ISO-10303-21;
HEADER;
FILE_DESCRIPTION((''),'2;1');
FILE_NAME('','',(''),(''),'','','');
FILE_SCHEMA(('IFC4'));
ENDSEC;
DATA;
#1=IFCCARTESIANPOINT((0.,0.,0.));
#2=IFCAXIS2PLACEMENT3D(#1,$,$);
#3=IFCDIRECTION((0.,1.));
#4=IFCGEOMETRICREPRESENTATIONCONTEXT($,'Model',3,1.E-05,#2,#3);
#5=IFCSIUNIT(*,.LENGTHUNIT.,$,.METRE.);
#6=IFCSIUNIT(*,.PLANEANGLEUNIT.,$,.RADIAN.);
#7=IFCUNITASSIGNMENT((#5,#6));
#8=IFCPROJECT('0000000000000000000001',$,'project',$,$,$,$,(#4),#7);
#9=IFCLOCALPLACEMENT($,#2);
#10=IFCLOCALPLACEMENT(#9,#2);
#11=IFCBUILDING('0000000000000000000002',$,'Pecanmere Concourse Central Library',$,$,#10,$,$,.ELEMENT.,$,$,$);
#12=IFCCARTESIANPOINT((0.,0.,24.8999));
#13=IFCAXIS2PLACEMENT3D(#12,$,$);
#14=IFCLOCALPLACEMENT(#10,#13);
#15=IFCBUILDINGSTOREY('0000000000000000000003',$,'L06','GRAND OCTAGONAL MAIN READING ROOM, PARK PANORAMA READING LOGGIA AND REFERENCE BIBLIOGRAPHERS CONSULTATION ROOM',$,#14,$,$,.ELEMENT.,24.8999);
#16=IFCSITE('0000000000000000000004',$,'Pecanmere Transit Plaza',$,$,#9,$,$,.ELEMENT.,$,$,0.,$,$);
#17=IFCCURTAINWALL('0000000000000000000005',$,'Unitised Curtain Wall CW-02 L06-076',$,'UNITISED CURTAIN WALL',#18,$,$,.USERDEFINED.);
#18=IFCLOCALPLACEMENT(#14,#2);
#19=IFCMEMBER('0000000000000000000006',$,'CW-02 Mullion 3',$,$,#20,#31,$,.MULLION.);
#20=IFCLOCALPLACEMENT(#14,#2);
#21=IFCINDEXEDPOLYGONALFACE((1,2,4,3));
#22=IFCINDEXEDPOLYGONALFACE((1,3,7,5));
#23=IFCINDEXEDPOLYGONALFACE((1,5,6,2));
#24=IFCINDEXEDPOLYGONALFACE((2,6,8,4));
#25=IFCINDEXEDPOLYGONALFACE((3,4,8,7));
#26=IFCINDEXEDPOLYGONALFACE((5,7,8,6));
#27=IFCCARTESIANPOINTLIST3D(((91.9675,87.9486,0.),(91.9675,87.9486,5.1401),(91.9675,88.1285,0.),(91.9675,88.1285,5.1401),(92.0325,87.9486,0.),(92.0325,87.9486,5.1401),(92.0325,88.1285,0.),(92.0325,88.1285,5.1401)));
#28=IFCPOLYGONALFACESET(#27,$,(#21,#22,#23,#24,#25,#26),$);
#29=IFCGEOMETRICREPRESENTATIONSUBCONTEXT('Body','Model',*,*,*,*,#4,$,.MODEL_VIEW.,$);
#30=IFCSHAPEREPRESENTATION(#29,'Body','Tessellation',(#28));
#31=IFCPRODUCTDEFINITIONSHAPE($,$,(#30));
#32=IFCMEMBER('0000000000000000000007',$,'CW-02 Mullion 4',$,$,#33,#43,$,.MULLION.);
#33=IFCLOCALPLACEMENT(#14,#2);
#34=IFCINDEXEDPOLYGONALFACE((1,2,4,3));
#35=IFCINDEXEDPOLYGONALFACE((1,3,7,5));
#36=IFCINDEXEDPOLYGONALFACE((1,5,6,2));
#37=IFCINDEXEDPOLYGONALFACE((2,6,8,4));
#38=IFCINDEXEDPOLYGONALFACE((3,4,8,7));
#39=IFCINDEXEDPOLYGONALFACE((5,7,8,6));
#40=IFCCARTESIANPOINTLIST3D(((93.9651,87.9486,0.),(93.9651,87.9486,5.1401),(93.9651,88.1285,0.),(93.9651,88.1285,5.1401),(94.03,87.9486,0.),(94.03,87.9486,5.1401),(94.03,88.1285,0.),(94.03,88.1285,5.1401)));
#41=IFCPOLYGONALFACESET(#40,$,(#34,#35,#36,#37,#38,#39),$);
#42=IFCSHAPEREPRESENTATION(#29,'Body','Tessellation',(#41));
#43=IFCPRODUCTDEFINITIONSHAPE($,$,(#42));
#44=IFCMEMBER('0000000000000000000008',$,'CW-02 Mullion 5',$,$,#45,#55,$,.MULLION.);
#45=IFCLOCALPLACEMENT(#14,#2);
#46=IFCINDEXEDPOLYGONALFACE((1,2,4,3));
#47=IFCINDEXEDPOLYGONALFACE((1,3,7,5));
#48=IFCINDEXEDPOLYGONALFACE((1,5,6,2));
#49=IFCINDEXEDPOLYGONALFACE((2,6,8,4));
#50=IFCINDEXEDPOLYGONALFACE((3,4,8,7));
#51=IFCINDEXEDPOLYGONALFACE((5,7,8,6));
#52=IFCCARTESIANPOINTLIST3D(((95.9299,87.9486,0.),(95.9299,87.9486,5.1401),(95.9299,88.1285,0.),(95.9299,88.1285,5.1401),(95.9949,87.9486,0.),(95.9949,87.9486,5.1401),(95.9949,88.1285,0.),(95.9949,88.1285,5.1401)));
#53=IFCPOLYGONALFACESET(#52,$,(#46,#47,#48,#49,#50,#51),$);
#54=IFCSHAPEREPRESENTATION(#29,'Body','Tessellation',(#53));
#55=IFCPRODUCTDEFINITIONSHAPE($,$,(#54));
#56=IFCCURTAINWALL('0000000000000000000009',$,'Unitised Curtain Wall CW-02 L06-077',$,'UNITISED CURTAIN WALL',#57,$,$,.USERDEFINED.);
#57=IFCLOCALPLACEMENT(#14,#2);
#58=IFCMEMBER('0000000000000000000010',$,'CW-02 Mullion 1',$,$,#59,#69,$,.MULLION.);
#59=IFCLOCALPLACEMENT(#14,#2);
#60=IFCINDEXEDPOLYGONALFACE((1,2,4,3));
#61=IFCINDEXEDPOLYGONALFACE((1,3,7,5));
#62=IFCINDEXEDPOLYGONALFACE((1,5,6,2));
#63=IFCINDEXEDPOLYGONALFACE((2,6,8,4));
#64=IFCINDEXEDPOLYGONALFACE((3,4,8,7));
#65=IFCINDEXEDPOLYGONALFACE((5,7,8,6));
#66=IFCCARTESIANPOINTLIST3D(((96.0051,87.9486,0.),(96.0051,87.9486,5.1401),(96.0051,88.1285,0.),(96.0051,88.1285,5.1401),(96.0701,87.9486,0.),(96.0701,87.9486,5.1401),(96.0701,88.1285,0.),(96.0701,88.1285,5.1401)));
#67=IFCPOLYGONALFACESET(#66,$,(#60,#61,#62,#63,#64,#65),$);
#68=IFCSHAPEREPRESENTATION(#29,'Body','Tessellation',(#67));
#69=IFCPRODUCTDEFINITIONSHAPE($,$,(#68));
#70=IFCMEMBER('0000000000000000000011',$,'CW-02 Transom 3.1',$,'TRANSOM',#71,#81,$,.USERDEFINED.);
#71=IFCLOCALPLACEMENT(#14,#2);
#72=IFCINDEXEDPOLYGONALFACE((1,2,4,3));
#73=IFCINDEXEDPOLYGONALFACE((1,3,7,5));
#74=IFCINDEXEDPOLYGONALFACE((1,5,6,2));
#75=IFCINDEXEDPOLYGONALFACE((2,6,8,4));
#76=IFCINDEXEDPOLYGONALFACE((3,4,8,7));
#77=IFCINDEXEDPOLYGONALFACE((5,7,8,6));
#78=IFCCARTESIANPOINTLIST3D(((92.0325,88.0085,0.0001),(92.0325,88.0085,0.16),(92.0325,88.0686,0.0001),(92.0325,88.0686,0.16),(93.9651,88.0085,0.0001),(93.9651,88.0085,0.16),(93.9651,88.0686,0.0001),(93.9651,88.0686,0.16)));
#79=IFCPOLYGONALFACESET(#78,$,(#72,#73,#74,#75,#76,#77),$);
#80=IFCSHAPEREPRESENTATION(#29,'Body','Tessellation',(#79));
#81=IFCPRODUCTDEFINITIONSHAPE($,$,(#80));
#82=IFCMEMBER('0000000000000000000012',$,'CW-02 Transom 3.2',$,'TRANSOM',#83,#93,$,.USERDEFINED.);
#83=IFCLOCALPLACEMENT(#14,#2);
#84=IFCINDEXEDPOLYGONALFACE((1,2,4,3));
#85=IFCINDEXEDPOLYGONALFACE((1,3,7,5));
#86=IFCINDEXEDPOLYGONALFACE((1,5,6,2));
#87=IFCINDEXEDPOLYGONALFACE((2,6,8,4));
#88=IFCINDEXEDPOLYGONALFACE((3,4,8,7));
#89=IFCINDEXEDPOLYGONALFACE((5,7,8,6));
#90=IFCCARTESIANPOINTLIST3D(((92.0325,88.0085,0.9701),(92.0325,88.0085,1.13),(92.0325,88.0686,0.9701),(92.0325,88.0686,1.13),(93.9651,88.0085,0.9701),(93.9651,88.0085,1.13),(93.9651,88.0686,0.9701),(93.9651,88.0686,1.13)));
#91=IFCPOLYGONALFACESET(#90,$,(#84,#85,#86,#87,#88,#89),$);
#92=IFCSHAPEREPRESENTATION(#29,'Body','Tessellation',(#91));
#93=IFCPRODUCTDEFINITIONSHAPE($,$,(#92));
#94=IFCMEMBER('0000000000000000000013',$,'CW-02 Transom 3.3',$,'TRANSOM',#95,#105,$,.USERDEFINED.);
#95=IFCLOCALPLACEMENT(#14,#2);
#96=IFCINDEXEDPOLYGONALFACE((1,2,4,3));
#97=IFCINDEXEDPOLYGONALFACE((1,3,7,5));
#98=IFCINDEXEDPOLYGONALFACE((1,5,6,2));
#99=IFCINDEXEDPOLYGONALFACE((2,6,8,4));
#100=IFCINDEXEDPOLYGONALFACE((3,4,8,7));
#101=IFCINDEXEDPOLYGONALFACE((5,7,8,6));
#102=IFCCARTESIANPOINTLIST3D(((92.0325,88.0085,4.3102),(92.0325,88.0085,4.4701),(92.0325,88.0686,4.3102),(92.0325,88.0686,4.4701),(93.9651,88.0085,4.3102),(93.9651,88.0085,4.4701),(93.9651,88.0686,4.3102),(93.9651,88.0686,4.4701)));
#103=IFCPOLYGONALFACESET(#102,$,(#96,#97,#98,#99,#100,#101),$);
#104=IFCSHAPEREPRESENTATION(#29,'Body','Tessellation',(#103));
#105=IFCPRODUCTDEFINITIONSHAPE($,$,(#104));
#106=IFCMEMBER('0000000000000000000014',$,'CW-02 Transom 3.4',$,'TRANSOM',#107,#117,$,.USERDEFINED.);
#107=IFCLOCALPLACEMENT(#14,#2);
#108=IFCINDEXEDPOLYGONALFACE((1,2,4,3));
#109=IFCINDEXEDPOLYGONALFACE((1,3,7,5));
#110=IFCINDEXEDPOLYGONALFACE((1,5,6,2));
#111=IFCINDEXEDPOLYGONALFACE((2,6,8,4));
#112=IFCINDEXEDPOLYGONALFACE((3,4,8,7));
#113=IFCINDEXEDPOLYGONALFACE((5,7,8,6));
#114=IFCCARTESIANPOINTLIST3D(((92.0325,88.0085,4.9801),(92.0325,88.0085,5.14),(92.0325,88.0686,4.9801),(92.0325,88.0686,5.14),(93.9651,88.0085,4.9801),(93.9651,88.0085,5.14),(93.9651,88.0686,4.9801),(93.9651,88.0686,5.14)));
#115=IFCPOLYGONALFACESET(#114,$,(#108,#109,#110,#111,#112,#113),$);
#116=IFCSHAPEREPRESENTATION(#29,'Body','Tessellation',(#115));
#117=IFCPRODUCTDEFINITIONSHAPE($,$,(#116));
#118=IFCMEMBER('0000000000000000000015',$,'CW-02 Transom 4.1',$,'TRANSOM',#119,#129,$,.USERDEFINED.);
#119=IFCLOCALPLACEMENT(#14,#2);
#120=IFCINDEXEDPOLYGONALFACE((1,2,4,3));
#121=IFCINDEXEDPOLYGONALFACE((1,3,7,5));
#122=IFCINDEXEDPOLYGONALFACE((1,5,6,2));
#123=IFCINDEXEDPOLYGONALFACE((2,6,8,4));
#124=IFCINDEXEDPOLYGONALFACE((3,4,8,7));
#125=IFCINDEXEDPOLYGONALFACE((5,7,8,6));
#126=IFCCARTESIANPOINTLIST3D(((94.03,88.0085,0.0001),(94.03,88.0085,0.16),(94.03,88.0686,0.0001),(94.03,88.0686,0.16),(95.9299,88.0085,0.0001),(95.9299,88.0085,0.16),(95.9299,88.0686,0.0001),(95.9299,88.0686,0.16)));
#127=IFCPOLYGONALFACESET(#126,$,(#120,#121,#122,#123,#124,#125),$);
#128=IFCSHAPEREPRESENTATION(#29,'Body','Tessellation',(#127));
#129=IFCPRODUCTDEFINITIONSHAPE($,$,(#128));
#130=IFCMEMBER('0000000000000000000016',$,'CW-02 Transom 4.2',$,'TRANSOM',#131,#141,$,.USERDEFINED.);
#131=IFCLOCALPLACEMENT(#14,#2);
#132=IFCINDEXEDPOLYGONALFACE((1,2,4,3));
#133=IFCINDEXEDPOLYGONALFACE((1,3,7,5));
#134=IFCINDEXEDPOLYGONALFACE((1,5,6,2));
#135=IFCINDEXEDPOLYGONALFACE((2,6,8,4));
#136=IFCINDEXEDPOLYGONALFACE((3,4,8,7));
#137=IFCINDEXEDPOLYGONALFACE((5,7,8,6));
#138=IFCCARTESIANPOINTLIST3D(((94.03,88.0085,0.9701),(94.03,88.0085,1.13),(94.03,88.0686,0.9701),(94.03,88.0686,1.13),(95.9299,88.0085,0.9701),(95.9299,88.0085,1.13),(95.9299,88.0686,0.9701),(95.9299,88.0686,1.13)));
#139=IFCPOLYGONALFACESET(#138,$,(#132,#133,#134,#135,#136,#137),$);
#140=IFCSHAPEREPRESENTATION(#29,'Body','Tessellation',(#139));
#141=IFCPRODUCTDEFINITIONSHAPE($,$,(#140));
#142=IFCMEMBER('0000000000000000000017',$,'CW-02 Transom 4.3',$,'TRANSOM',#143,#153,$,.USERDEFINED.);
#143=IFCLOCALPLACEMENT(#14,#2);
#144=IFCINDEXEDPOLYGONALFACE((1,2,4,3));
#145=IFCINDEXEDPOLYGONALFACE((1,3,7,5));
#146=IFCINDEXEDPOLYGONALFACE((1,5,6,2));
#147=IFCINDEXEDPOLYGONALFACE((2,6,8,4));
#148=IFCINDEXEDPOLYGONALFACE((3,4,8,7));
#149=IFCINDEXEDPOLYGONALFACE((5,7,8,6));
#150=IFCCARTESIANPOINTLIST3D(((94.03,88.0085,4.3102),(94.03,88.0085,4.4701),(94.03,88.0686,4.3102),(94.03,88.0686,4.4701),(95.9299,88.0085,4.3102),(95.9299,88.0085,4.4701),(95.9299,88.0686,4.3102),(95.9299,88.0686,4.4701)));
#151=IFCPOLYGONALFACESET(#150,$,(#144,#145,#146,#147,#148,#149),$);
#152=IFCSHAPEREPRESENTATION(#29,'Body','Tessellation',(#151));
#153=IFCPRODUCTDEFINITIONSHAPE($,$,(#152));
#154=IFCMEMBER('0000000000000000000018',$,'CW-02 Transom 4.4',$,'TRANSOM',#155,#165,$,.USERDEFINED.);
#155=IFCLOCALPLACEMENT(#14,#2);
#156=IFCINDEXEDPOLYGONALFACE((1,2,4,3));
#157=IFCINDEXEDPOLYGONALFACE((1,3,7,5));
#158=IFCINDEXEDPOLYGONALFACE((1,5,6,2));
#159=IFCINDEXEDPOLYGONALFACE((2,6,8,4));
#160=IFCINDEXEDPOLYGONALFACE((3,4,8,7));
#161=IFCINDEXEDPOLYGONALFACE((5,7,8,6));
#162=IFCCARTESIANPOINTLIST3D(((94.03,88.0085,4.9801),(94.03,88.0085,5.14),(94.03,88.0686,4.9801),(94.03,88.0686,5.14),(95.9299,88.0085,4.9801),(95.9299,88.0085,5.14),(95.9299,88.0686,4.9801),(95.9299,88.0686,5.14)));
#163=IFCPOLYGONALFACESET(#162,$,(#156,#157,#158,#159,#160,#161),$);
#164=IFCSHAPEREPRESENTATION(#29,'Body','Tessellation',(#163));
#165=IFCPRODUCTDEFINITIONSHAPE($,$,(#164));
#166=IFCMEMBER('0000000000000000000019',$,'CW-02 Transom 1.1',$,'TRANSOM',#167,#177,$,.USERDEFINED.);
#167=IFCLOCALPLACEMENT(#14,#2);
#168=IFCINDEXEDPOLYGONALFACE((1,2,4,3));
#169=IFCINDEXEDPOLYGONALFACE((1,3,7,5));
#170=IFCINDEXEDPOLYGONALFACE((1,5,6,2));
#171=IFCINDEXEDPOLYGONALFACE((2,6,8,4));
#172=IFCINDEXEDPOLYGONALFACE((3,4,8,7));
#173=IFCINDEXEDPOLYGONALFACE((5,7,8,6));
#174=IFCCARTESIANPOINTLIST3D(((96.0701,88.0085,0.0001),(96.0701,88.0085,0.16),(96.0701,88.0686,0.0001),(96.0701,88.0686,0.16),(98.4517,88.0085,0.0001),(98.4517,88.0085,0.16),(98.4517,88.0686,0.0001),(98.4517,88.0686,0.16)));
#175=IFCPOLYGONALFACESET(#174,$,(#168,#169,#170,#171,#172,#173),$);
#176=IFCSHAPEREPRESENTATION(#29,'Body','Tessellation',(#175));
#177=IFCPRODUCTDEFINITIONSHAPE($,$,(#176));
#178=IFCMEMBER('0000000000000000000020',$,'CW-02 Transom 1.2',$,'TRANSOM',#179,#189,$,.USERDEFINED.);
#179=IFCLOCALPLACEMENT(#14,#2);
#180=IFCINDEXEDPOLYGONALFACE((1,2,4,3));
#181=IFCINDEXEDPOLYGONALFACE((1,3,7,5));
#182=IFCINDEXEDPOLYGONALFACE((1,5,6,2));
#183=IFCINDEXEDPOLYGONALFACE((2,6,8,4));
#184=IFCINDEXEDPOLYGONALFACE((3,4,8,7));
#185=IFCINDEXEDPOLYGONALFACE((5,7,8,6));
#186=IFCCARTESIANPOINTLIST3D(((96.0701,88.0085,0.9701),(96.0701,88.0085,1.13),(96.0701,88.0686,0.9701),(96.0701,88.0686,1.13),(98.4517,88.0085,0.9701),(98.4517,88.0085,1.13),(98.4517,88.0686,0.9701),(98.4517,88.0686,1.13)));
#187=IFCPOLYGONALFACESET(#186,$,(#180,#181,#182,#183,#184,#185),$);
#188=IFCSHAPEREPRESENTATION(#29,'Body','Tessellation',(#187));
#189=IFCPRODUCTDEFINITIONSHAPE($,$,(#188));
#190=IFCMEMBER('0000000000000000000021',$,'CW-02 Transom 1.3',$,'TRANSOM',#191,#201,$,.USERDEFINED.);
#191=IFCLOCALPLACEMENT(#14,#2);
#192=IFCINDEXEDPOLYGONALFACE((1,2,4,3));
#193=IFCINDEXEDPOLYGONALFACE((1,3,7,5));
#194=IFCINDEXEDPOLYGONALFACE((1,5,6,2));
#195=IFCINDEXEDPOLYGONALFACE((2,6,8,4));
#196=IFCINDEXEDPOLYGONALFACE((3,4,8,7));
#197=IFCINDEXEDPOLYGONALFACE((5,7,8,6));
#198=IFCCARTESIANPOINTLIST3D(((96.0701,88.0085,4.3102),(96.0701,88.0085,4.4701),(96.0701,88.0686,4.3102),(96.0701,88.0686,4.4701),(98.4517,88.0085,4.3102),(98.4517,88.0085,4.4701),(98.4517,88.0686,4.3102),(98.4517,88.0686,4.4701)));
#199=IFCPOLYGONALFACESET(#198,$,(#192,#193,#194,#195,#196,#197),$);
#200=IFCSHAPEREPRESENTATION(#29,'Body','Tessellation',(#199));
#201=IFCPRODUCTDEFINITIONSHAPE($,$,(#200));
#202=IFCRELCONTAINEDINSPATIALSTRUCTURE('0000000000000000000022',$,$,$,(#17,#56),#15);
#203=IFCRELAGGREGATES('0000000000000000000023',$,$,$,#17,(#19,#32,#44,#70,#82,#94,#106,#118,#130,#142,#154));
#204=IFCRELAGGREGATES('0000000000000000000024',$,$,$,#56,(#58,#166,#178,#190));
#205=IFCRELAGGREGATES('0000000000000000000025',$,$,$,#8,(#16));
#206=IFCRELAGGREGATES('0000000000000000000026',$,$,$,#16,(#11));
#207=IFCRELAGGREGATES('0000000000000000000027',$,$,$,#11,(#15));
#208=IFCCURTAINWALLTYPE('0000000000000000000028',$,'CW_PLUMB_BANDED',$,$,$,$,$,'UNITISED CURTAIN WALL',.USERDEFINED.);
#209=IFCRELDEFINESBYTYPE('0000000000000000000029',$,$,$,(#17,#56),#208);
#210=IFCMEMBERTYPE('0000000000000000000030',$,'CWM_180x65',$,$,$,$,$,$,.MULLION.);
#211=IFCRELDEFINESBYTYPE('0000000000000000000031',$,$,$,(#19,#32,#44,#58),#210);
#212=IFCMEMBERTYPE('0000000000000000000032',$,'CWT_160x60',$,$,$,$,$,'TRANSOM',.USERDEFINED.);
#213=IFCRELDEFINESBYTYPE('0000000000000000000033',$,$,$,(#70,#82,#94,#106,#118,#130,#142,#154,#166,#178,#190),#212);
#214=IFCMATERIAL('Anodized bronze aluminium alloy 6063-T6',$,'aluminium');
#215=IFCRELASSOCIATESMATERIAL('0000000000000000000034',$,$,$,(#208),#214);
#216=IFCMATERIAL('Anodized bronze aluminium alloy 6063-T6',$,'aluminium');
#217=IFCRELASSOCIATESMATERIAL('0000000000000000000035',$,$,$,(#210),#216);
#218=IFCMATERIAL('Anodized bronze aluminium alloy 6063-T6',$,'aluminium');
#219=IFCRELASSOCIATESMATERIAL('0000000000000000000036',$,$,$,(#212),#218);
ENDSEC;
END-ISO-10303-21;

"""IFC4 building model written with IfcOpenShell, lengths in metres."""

from ifc_helpers import new_model, si_unit, direction, frame, origin, origin_2d, place, context, subcontext, project, spatial, rectangle, extrude, material, material_profile, profile_set, type_object, element, aggregate, save


model = new_model("IFC4")

# Units and contexts
model_context = context("Model", 3, precision=1e-05, world=origin(), true_north=direction((0.0, 1.0)))
body_context = subcontext(model_context, "Body", "Model", "MODEL_VIEW")
ifc_project = project(units=[si_unit("LENGTHUNIT", "METRE"), si_unit("PLANEANGLEUNIT", "RADIAN")], contexts=[model_context])

# Site, building, storey
site_placement = place(None, origin())
site = spatial("IfcSite", under=ifc_project, at=site_placement, Name="Pecanmere Transit Plaza", CompositionType="ELEMENT", RefElevation=0.0)
building_placement = place(site_placement, origin())
building = spatial("IfcBuilding", under=site, at=building_placement, Name="Pecanmere Concourse Central Library", CompositionType="ELEMENT")
storey_placement = place(building_placement, frame((0.0, 0.0, 24.8999)))
storey = spatial("IfcBuildingStorey", under=building, at=storey_placement, Name="L06", Description="GRAND OCTAGONAL MAIN READING ROOM, PARK PANORAMA READING LOGGIA AND REFERENCE BIBLIOGRAPHERS CONSULTATION ROOM", CompositionType="ELEMENT", Elevation=24.8999)

# Curtain wall, members
ifc_material_1 = material(Name="Anodized bronze aluminium alloy 6063-T6", Category="aluminium")
curtain_wall_type = type_object("IfcCurtainWallType", Name="CW_PLUMB_BANDED", ElementType="UNITISED CURTAIN WALL", PredefinedType="USERDEFINED", material=ifc_material_1)
curtain_wall_1_placement = place(storey_placement, origin())
curtain_wall_1 = element("IfcCurtainWall", 1, at=curtain_wall_1_placement, inside=storey, type_object=curtain_wall_type, Name="Unitised Curtain Wall CW-02 L06-076", ObjectType="UNITISED CURTAIN WALL", PredefinedType="USERDEFINED")
ifc_material_2 = material(Name="Anodized bronze aluminium alloy 6063-T6", Category="aluminium")
ifc_material_profile_1 = material_profile(ifc_material_2, rectangle(XDim=0.0649, YDim=0.1799, at=origin_2d()), Name="AL 65x180")
ifc_profile_set_1 = profile_set([ifc_material_profile_1], Name="Anodized bronze aluminium alloy 6063-T6")
member_type_1 = type_object("IfcMemberType", Name="CWM_180x65", PredefinedType="MULLION", material=ifc_profile_set_1)
member_1_placement = place(storey_placement, frame((92.0, 88.0386, 0.0), z_axis=(0.0, 0.0, 1.0), x_axis=(1.0, 0.0, 0.0)))
member_1 = element("IfcMember", 2, at=member_1_placement, type_object=member_type_1, Name="CW-02 Mullion 3", PredefinedType="MULLION", context=body_context, shape_type="SweptSolid", body=[
    extrude(rectangle(XDim=0.0649, YDim=0.1799, at=origin_2d()), origin(), (0.0, 0.0, 1.0), 5.1401),
])
member_2_placement = place(storey_placement, frame((93.9976, 88.0386, 0.0), z_axis=(0.0, 0.0, 1.0), x_axis=(1.0, 0.0, 0.0)))
member_2 = element("IfcMember", 3, at=member_2_placement, type_object=member_type_1, Name="CW-02 Mullion 4", PredefinedType="MULLION", context=body_context, shape_type="SweptSolid", body=[
    extrude(rectangle(XDim=0.0649, YDim=0.1799, at=origin_2d()), origin(), (0.0, 0.0, 1.0), 5.1401),
])
member_3_placement = place(storey_placement, frame((95.9624, 88.0386, 0.0), z_axis=(0.0, 0.0, 1.0), x_axis=(1.0, 0.0, 0.0)))
member_3 = element("IfcMember", 4, at=member_3_placement, type_object=member_type_1, Name="CW-02 Mullion 5", PredefinedType="MULLION", context=body_context, shape_type="SweptSolid", body=[
    extrude(rectangle(XDim=0.0649, YDim=0.1799, at=origin_2d()), origin(), (0.0, 0.0, 1.0), 5.1401),
])

# Curtain wall, member
curtain_wall_2_placement = place(storey_placement, origin())
curtain_wall_2 = element("IfcCurtainWall", 5, at=curtain_wall_2_placement, inside=storey, type_object=curtain_wall_type, Name="Unitised Curtain Wall CW-02 L06-077", ObjectType="UNITISED CURTAIN WALL", PredefinedType="USERDEFINED")
member_4_placement = place(storey_placement, frame((96.0376, 88.0386, 0.0), z_axis=(0.0, 0.0, 1.0), x_axis=(1.0, 0.0, 0.0)))
member_4 = element("IfcMember", 6, at=member_4_placement, type_object=member_type_1, Name="CW-02 Mullion 1", PredefinedType="MULLION", context=body_context, shape_type="SweptSolid", body=[
    extrude(rectangle(XDim=0.0649, YDim=0.1799, at=origin_2d()), origin(), (0.0, 0.0, 1.0), 5.1401),
])

# Members
ifc_material_3 = material(Name="Anodized bronze aluminium alloy 6063-T6", Category="aluminium")
ifc_material_profile_2 = material_profile(ifc_material_3, rectangle(XDim=0.0601, YDim=0.1599, at=origin_2d()), Name="AL 60x160")
ifc_profile_set_2 = profile_set([ifc_material_profile_2], Name="Anodized bronze aluminium alloy 6063-T6")
member_type_2 = type_object("IfcMemberType", Name="CWT_160x60", ElementType="TRANSOM", PredefinedType="USERDEFINED", material=ifc_profile_set_2)
member_5_placement = place(storey_placement, frame((92.0325, 88.0386, 0.0801), z_axis=(1.0, 0.0, 0.0), x_axis=(0.0, 1.0, 0.0)))
member_5 = element("IfcMember", 7, at=member_5_placement, type_object=member_type_2, Name="CW-02 Transom 3.1", ObjectType="TRANSOM", PredefinedType="USERDEFINED", context=body_context, shape_type="SweptSolid", body=[
    extrude(rectangle(XDim=0.0601, YDim=0.1599, at=origin_2d()), origin(), (0.0, 0.0, 1.0), 1.9326),
])
member_6_placement = place(storey_placement, frame((92.0325, 88.0386, 1.05), z_axis=(1.0, 0.0, 0.0), x_axis=(0.0, 1.0, 0.0)))
member_6 = element("IfcMember", 8, at=member_6_placement, type_object=member_type_2, Name="CW-02 Transom 3.2", ObjectType="TRANSOM", PredefinedType="USERDEFINED", context=body_context, shape_type="SweptSolid", body=[
    extrude(rectangle(XDim=0.0601, YDim=0.1599, at=origin_2d()), origin(), (0.0, 0.0, 1.0), 1.9326),
])
member_7_placement = place(storey_placement, frame((92.0325, 88.0386, 4.3901), z_axis=(1.0, 0.0, 0.0), x_axis=(0.0, 1.0, 0.0)))
member_7 = element("IfcMember", 9, at=member_7_placement, type_object=member_type_2, Name="CW-02 Transom 3.3", ObjectType="TRANSOM", PredefinedType="USERDEFINED", context=body_context, shape_type="SweptSolid", body=[
    extrude(rectangle(XDim=0.0601, YDim=0.1599, at=origin_2d()), origin(), (0.0, 0.0, 1.0), 1.9326),
])
member_8_placement = place(storey_placement, frame((92.0325, 88.0386, 5.0601), z_axis=(1.0, 0.0, 0.0), x_axis=(0.0, 1.0, 0.0)))
member_8 = element("IfcMember", 10, at=member_8_placement, type_object=member_type_2, Name="CW-02 Transom 3.4", ObjectType="TRANSOM", PredefinedType="USERDEFINED", context=body_context, shape_type="SweptSolid", body=[
    extrude(rectangle(XDim=0.0601, YDim=0.1599, at=origin_2d()), origin(), (0.0, 0.0, 1.0), 1.9326),
])
member_9_placement = place(storey_placement, frame((94.03, 88.0386, 0.0801), z_axis=(1.0, 0.0, 0.0), x_axis=(0.0, 1.0, 0.0)))
member_9 = element("IfcMember", 11, at=member_9_placement, type_object=member_type_2, Name="CW-02 Transom 4.1", ObjectType="TRANSOM", PredefinedType="USERDEFINED", context=body_context, shape_type="SweptSolid", body=[
    extrude(rectangle(XDim=0.0601, YDim=0.1599, at=origin_2d()), origin(), (0.0, 0.0, 1.0), 1.8999),
])
member_10_placement = place(storey_placement, frame((94.03, 88.0386, 1.05), z_axis=(1.0, 0.0, 0.0), x_axis=(0.0, 1.0, 0.0)))
member_10 = element("IfcMember", 12, at=member_10_placement, type_object=member_type_2, Name="CW-02 Transom 4.2", ObjectType="TRANSOM", PredefinedType="USERDEFINED", context=body_context, shape_type="SweptSolid", body=[
    extrude(rectangle(XDim=0.0601, YDim=0.1599, at=origin_2d()), origin(), (0.0, 0.0, 1.0), 1.8999),
])
member_11_placement = place(storey_placement, frame((94.03, 88.0386, 4.3901), z_axis=(1.0, 0.0, 0.0), x_axis=(0.0, 1.0, 0.0)))
member_11 = element("IfcMember", 13, at=member_11_placement, type_object=member_type_2, Name="CW-02 Transom 4.3", ObjectType="TRANSOM", PredefinedType="USERDEFINED", context=body_context, shape_type="SweptSolid", body=[
    extrude(rectangle(XDim=0.0601, YDim=0.1599, at=origin_2d()), origin(), (0.0, 0.0, 1.0), 1.8999),
])
member_12_placement = place(storey_placement, frame((94.03, 88.0386, 5.0601), z_axis=(1.0, 0.0, 0.0), x_axis=(0.0, 1.0, 0.0)))
member_12 = element("IfcMember", 14, at=member_12_placement, type_object=member_type_2, Name="CW-02 Transom 4.4", ObjectType="TRANSOM", PredefinedType="USERDEFINED", context=body_context, shape_type="SweptSolid", body=[
    extrude(rectangle(XDim=0.0601, YDim=0.1599, at=origin_2d()), origin(), (0.0, 0.0, 1.0), 1.8999),
])
member_13_placement = place(storey_placement, frame((96.0701, 88.0386, 0.0801), z_axis=(1.0, 0.0, 0.0), x_axis=(0.0, 1.0, 0.0)))
member_13 = element("IfcMember", 15, at=member_13_placement, type_object=member_type_2, Name="CW-02 Transom 1.1", ObjectType="TRANSOM", PredefinedType="USERDEFINED", context=body_context, shape_type="SweptSolid", body=[
    extrude(rectangle(XDim=0.0601, YDim=0.1599, at=origin_2d()), origin(), (0.0, 0.0, 1.0), 2.3816),
])
member_14_placement = place(storey_placement, frame((96.0701, 88.0386, 1.05), z_axis=(1.0, 0.0, 0.0), x_axis=(0.0, 1.0, 0.0)))
member_14 = element("IfcMember", 16, at=member_14_placement, type_object=member_type_2, Name="CW-02 Transom 1.2", ObjectType="TRANSOM", PredefinedType="USERDEFINED", context=body_context, shape_type="SweptSolid", body=[
    extrude(rectangle(XDim=0.0601, YDim=0.1599, at=origin_2d()), origin(), (0.0, 0.0, 1.0), 2.3816),
])
member_15_placement = place(storey_placement, frame((96.0701, 88.0386, 4.3901), z_axis=(1.0, 0.0, 0.0), x_axis=(0.0, 1.0, 0.0)))
member_15 = element("IfcMember", 17, at=member_15_placement, type_object=member_type_2, Name="CW-02 Transom 1.3", ObjectType="TRANSOM", PredefinedType="USERDEFINED", context=body_context, shape_type="SweptSolid", body=[
    extrude(rectangle(XDim=0.0601, YDim=0.1599, at=origin_2d()), origin(), (0.0, 0.0, 1.0), 2.3816),
])

aggregate(curtain_wall_1, [member_1, member_2, member_3, member_5, member_6, member_7, member_8, member_9, member_10, member_11, member_12])
aggregate(curtain_wall_2, [member_4, member_13, member_14, member_15])

save(model, "model.ifc")
